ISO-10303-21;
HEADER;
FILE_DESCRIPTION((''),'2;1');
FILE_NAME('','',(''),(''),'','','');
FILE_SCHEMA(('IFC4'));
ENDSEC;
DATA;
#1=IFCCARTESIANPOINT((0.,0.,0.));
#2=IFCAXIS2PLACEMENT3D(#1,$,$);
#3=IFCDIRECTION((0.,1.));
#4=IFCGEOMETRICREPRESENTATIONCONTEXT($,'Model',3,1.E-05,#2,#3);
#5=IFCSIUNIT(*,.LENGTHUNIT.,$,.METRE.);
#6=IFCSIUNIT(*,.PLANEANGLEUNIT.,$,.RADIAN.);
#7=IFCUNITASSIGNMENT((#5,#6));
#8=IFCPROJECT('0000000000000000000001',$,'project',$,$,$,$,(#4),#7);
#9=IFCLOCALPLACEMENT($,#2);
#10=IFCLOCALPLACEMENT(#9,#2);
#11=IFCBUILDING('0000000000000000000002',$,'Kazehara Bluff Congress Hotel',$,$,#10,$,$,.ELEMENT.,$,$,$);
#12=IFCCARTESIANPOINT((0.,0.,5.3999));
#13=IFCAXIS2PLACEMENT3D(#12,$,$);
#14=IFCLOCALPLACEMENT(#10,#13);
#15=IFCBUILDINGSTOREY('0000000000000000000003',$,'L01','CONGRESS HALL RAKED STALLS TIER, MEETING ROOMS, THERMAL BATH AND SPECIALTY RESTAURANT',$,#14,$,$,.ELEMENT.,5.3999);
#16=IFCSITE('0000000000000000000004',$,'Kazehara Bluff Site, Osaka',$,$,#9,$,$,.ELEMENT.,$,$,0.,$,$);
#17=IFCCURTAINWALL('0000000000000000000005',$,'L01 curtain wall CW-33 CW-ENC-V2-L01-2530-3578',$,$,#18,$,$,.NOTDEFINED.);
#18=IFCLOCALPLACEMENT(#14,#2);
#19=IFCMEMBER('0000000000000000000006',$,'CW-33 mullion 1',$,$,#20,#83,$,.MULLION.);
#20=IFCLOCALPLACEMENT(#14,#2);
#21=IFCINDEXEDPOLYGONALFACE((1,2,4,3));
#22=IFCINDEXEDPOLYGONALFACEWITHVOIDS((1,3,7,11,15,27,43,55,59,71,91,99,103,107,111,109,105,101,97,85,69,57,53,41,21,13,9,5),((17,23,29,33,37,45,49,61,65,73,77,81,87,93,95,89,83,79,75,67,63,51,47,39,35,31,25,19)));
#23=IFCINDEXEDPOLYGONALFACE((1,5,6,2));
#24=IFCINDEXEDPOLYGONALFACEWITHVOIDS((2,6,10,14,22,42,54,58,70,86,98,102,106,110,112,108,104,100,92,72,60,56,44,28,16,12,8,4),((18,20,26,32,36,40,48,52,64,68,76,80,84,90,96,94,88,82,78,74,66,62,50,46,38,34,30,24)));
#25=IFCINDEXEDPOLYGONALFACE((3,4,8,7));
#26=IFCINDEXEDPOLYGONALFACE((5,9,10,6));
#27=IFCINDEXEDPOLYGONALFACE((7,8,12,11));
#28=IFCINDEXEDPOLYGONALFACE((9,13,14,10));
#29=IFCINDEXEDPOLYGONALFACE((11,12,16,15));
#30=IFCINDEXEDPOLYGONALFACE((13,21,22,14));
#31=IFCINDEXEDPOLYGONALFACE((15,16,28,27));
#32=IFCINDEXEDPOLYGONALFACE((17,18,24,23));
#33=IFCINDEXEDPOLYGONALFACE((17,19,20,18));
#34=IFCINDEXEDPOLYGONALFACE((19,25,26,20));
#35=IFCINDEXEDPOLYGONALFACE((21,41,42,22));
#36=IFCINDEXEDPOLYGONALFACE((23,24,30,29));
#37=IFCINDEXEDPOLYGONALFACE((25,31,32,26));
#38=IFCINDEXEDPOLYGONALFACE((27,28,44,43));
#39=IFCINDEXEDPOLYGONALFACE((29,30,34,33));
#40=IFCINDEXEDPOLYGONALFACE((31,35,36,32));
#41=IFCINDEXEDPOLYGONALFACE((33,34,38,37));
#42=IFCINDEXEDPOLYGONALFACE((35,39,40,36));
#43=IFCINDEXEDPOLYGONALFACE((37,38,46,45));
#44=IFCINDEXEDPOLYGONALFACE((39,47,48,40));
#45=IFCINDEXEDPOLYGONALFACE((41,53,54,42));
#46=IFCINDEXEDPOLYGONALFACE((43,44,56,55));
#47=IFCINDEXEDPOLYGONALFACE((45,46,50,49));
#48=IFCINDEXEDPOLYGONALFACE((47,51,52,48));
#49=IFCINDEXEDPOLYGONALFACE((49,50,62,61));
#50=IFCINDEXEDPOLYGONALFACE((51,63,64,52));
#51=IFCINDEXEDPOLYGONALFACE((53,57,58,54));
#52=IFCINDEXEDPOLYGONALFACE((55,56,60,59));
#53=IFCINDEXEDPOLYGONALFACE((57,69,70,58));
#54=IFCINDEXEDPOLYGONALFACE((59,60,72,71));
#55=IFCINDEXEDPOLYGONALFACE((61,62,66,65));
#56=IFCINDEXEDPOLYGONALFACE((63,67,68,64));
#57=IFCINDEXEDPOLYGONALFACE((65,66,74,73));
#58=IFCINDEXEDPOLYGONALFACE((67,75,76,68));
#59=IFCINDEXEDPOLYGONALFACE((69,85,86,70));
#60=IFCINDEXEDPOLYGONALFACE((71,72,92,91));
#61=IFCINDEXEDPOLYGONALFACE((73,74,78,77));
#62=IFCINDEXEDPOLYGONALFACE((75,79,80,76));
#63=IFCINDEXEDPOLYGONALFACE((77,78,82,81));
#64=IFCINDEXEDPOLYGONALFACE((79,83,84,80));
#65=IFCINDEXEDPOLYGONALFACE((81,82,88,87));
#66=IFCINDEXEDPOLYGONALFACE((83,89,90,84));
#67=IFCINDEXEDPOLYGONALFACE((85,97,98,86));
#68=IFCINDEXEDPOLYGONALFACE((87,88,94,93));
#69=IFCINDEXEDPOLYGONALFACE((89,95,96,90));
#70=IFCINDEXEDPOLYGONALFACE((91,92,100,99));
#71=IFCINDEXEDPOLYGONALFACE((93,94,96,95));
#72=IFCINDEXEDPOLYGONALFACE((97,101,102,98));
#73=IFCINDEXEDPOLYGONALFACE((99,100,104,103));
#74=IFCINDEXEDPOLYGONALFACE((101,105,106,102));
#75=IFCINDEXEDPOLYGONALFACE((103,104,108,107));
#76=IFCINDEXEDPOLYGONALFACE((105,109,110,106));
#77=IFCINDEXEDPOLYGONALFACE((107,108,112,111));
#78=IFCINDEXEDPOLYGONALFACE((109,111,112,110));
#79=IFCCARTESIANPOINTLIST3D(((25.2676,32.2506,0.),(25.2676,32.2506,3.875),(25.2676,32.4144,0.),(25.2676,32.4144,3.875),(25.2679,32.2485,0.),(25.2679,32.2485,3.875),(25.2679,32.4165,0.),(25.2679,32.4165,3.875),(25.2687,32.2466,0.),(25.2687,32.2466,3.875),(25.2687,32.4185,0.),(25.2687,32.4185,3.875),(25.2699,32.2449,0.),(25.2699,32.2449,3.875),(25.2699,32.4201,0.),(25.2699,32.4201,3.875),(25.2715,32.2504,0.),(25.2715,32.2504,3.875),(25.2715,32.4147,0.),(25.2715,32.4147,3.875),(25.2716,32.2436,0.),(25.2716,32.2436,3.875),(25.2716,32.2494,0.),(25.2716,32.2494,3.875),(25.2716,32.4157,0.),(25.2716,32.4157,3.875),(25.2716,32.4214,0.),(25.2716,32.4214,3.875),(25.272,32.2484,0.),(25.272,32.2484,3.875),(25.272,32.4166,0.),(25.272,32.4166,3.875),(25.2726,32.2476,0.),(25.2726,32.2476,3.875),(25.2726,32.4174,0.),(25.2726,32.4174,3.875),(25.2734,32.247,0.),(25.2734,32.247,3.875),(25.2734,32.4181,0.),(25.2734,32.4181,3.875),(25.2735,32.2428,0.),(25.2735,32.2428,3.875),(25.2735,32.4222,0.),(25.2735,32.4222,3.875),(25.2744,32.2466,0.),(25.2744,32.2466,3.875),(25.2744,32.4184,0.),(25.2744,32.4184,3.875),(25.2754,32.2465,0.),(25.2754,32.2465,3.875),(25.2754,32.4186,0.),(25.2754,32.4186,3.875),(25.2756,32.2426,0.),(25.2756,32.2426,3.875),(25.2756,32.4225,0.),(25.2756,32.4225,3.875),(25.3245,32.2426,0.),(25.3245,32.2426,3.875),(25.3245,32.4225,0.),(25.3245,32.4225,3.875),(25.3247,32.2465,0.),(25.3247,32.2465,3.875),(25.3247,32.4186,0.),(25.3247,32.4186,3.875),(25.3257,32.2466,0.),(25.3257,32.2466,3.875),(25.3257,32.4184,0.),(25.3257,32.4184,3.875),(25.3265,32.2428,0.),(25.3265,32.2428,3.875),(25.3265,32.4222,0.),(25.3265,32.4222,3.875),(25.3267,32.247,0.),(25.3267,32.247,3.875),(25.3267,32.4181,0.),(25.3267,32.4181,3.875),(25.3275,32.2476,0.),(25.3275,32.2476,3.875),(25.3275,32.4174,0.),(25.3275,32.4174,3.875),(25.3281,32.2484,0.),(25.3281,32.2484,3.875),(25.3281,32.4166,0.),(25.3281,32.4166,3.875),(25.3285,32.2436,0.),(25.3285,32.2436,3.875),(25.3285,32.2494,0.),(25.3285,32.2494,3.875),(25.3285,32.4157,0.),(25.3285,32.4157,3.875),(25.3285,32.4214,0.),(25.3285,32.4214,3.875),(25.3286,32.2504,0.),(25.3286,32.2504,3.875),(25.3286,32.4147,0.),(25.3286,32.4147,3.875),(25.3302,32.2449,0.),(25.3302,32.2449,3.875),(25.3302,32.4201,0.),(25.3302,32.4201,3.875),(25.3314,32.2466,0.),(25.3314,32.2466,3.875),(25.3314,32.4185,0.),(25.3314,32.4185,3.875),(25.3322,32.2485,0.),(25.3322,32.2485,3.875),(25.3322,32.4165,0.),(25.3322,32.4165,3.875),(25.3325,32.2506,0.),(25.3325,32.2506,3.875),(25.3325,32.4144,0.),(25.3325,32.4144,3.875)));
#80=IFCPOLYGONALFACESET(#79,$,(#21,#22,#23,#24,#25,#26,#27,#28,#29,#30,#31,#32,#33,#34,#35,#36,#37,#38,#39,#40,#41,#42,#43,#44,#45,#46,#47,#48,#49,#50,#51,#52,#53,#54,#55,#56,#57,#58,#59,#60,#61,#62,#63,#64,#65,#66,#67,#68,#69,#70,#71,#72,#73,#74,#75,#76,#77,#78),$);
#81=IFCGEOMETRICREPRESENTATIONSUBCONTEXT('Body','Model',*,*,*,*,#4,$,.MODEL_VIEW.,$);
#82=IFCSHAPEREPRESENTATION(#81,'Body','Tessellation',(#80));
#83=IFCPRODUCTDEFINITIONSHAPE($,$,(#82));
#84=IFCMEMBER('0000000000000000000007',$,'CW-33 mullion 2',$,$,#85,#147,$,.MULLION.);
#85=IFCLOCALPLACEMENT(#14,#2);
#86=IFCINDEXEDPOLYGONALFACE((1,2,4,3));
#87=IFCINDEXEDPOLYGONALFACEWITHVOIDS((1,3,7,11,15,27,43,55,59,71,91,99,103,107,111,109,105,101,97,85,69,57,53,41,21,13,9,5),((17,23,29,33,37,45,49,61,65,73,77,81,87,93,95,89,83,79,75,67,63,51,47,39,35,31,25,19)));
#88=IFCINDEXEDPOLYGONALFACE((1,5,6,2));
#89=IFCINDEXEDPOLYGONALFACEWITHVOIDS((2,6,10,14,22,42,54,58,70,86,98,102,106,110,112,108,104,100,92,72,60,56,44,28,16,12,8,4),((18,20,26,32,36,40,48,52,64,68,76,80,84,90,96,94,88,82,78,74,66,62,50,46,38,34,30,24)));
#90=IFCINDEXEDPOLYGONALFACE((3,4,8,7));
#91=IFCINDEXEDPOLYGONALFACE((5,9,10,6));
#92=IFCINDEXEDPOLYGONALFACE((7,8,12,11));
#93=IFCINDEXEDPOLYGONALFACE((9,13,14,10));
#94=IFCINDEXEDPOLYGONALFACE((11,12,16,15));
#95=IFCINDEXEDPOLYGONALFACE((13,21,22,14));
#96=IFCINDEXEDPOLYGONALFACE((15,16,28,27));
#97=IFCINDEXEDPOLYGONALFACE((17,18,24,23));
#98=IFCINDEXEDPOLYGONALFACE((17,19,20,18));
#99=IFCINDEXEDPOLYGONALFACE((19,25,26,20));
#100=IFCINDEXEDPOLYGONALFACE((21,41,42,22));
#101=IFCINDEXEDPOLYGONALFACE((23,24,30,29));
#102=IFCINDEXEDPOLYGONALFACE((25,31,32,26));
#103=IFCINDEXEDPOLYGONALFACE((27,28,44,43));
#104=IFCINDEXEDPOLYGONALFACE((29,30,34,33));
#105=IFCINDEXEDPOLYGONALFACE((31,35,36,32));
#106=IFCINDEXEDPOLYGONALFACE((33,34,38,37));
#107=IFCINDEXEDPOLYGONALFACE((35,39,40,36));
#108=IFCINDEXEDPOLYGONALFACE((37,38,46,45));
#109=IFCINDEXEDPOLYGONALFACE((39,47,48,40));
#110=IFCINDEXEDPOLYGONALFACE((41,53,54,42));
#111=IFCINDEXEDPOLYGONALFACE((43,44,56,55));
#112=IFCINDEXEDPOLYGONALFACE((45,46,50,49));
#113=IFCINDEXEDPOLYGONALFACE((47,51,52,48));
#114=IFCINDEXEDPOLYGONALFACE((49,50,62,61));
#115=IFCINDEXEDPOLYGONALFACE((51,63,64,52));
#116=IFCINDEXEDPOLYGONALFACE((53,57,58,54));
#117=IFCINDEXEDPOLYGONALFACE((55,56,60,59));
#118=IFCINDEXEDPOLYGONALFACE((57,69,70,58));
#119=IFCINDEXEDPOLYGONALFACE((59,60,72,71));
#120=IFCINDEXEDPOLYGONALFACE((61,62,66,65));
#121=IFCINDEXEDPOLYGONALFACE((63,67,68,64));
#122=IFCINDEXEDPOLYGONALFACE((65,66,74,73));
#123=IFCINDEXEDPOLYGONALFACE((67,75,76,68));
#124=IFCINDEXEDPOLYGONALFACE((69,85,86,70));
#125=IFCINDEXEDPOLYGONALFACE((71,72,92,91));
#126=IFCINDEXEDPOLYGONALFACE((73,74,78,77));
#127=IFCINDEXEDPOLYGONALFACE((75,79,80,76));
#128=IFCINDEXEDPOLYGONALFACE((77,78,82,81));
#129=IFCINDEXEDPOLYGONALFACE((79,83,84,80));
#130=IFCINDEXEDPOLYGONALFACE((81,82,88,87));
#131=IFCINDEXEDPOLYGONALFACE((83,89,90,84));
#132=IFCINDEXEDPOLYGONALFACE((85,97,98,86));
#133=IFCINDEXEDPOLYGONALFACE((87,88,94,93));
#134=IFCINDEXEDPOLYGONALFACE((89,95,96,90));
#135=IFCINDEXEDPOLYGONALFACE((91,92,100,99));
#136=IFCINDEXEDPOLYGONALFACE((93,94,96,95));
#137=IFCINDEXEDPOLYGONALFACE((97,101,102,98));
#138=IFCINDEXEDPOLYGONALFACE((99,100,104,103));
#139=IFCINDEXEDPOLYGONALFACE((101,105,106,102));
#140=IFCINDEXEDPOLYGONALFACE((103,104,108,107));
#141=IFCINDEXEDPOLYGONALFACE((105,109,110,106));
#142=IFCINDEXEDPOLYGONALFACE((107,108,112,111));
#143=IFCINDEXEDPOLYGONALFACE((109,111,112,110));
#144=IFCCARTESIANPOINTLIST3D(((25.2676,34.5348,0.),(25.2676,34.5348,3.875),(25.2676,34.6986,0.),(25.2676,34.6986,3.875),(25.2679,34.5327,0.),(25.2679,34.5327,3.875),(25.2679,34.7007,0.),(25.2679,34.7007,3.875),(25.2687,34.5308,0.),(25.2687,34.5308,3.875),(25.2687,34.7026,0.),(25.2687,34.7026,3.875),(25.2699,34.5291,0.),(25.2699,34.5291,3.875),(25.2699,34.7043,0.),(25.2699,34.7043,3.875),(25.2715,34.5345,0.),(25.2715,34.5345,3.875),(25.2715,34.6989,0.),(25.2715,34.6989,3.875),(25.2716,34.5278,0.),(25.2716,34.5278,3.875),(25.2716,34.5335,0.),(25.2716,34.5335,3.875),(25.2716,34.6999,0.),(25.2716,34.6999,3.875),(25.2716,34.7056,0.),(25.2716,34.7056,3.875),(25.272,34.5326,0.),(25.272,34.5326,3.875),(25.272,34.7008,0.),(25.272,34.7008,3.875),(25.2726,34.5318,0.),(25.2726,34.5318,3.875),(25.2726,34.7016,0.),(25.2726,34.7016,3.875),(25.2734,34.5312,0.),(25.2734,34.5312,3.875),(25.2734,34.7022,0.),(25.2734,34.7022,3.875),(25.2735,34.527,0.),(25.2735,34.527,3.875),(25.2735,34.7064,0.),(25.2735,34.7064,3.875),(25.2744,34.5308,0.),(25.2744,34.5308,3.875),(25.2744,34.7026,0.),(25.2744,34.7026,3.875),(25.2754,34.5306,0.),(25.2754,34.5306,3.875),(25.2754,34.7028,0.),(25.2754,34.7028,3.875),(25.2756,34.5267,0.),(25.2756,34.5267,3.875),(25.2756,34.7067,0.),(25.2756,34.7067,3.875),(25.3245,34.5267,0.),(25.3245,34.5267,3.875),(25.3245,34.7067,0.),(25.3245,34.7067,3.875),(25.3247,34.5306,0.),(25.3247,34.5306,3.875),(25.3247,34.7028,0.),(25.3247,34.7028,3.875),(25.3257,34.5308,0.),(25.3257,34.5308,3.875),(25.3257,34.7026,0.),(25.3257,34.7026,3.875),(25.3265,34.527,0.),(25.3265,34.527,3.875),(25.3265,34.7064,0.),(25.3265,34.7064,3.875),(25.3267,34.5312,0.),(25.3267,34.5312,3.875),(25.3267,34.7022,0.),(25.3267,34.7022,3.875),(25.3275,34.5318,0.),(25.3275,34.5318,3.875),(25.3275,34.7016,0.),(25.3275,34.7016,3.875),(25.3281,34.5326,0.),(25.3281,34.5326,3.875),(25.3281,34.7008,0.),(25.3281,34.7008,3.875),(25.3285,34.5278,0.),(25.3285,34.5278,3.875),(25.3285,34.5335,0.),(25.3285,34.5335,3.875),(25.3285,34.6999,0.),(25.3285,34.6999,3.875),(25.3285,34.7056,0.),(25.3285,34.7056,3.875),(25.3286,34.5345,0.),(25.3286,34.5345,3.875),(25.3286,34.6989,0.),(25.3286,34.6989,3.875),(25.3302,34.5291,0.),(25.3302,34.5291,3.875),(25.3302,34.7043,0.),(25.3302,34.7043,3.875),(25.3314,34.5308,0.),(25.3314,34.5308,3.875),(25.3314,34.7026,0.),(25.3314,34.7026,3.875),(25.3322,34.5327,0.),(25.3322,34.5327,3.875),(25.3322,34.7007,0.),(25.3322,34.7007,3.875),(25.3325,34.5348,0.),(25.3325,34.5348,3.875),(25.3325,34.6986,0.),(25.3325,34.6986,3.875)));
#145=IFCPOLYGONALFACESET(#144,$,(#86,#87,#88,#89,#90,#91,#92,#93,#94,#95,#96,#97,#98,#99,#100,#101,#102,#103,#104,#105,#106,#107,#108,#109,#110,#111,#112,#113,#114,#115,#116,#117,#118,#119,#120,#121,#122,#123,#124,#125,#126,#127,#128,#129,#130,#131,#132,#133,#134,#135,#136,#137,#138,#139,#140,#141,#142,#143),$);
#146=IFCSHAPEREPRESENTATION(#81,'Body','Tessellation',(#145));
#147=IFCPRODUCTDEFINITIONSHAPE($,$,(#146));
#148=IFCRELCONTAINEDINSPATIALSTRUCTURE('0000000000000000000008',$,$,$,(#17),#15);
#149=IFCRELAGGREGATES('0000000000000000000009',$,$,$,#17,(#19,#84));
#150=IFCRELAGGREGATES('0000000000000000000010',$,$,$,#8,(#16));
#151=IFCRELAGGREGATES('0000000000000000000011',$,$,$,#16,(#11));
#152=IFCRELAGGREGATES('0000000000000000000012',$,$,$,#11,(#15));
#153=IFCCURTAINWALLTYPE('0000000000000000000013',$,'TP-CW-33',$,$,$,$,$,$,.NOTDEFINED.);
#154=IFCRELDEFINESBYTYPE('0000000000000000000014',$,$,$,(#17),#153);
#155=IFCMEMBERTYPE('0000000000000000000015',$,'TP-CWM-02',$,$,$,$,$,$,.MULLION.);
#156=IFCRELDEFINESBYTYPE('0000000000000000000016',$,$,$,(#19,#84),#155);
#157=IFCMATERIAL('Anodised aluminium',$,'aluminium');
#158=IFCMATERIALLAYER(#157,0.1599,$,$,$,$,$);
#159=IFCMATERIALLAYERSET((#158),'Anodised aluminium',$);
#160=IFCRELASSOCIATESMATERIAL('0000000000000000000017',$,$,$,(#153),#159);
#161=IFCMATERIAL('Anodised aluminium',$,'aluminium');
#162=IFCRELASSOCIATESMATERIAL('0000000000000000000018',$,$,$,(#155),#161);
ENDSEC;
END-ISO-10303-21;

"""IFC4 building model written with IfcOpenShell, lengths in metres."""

from ifc_helpers import new_model, si_unit, direction, frame, origin, origin_2d, place, context, subcontext, project, spatial, hollow_rectangle, extrude, material, layer, layer_set, material_profile, profile_set, type_object, element, aggregate, save


model = new_model("IFC4")

# Units and contexts
model_context = context("Model", 3, precision=1e-05, world=origin(), true_north=direction((0.0, 1.0)))
body_context = subcontext(model_context, "Body", "Model", "MODEL_VIEW")
ifc_project = project(units=[si_unit("LENGTHUNIT", "METRE"), si_unit("PLANEANGLEUNIT", "RADIAN")], contexts=[model_context])

# Site, building, storey
site_placement = place(None, origin())
site = spatial("IfcSite", under=ifc_project, at=site_placement, Name="Kazehara Bluff Site, Osaka", CompositionType="ELEMENT", RefElevation=0.0)
building_placement = place(site_placement, origin())
building = spatial("IfcBuilding", under=site, at=building_placement, Name="Kazehara Bluff Congress Hotel", CompositionType="ELEMENT")
storey_placement = place(building_placement, frame((0.0, 0.0, 5.3999)))
storey = spatial("IfcBuildingStorey", under=building, at=storey_placement, Name="L01", Description="CONGRESS HALL RAKED STALLS TIER, MEETING ROOMS, THERMAL BATH AND SPECIALTY RESTAURANT", CompositionType="ELEMENT", Elevation=5.3999)

# Curtain wall, members
ifc_material_1 = material(Name="Anodised aluminium", Category="aluminium")
ifc_layer_1 = layer(ifc_material_1, 0.1599)
ifc_layer_set_1 = layer_set([ifc_layer_1], Name="Anodised aluminium")
curtain_wall_type_1 = type_object("IfcCurtainWallType", Name="TP-CW-33", PredefinedType="NOTDEFINED", material=ifc_layer_set_1)
curtain_wall_1_placement = place(storey_placement, origin())
curtain_wall_1 = element("IfcCurtainWall", 1, at=curtain_wall_1_placement, inside=storey, type_object=curtain_wall_type_1, Name="L01 curtain wall CW-33 CW-ENC-V2-L01-2530-3578", PredefinedType="NOTDEFINED")
ifc_material_2 = material(Name="Anodised aluminium", Category="aluminium")
ifc_material_profile_1 = material_profile(ifc_material_2, hollow_rectangle(XDim=0.0649, YDim=0.1799, WallThickness=0.0039, InnerFilletRadius=0.0039, OuterFilletRadius=0.0081, at=origin_2d()))
ifc_profile_set_1 = profile_set([ifc_material_profile_1], Name="Anodised aluminium")
member_type_1 = type_object("IfcMemberType", Name="TP-CWM-02", PredefinedType="MULLION", material=ifc_profile_set_1)
member_1_placement = place(storey_placement, frame((25.3, 32.3325, 0.0), z_axis=(0.0, 0.0, 1.0), x_axis=(-1.0, 0.0, 0.0)))
member_1 = element("IfcMember", 2, at=member_1_placement, type_object=member_type_1, Name="CW-33 mullion 1", PredefinedType="MULLION", context=body_context, shape_type="SweptSolid", body=[
    extrude(hollow_rectangle(XDim=0.0649, YDim=0.1799, WallThickness=0.0039, InnerFilletRadius=0.0039, OuterFilletRadius=0.0081, at=origin_2d()), origin(), (0.0, 0.0, 1.0), 3.875),
])
member_2_placement = place(storey_placement, frame((25.3, 34.6167, 0.0), z_axis=(0.0, 0.0, 1.0), x_axis=(-1.0, 0.0, 0.0)))
member_2 = element("IfcMember", 3, at=member_2_placement, type_object=member_type_1, Name="CW-33 mullion 2", PredefinedType="MULLION", context=body_context, shape_type="SweptSolid", body=[
    extrude(hollow_rectangle(XDim=0.0649, YDim=0.1799, WallThickness=0.0039, InnerFilletRadius=0.0039, OuterFilletRadius=0.0081, at=origin_2d()), origin(), (0.0, 0.0, 1.0), 3.875),
])

aggregate(curtain_wall_1, [member_1, member_2])

save(model, "model.ifc")
